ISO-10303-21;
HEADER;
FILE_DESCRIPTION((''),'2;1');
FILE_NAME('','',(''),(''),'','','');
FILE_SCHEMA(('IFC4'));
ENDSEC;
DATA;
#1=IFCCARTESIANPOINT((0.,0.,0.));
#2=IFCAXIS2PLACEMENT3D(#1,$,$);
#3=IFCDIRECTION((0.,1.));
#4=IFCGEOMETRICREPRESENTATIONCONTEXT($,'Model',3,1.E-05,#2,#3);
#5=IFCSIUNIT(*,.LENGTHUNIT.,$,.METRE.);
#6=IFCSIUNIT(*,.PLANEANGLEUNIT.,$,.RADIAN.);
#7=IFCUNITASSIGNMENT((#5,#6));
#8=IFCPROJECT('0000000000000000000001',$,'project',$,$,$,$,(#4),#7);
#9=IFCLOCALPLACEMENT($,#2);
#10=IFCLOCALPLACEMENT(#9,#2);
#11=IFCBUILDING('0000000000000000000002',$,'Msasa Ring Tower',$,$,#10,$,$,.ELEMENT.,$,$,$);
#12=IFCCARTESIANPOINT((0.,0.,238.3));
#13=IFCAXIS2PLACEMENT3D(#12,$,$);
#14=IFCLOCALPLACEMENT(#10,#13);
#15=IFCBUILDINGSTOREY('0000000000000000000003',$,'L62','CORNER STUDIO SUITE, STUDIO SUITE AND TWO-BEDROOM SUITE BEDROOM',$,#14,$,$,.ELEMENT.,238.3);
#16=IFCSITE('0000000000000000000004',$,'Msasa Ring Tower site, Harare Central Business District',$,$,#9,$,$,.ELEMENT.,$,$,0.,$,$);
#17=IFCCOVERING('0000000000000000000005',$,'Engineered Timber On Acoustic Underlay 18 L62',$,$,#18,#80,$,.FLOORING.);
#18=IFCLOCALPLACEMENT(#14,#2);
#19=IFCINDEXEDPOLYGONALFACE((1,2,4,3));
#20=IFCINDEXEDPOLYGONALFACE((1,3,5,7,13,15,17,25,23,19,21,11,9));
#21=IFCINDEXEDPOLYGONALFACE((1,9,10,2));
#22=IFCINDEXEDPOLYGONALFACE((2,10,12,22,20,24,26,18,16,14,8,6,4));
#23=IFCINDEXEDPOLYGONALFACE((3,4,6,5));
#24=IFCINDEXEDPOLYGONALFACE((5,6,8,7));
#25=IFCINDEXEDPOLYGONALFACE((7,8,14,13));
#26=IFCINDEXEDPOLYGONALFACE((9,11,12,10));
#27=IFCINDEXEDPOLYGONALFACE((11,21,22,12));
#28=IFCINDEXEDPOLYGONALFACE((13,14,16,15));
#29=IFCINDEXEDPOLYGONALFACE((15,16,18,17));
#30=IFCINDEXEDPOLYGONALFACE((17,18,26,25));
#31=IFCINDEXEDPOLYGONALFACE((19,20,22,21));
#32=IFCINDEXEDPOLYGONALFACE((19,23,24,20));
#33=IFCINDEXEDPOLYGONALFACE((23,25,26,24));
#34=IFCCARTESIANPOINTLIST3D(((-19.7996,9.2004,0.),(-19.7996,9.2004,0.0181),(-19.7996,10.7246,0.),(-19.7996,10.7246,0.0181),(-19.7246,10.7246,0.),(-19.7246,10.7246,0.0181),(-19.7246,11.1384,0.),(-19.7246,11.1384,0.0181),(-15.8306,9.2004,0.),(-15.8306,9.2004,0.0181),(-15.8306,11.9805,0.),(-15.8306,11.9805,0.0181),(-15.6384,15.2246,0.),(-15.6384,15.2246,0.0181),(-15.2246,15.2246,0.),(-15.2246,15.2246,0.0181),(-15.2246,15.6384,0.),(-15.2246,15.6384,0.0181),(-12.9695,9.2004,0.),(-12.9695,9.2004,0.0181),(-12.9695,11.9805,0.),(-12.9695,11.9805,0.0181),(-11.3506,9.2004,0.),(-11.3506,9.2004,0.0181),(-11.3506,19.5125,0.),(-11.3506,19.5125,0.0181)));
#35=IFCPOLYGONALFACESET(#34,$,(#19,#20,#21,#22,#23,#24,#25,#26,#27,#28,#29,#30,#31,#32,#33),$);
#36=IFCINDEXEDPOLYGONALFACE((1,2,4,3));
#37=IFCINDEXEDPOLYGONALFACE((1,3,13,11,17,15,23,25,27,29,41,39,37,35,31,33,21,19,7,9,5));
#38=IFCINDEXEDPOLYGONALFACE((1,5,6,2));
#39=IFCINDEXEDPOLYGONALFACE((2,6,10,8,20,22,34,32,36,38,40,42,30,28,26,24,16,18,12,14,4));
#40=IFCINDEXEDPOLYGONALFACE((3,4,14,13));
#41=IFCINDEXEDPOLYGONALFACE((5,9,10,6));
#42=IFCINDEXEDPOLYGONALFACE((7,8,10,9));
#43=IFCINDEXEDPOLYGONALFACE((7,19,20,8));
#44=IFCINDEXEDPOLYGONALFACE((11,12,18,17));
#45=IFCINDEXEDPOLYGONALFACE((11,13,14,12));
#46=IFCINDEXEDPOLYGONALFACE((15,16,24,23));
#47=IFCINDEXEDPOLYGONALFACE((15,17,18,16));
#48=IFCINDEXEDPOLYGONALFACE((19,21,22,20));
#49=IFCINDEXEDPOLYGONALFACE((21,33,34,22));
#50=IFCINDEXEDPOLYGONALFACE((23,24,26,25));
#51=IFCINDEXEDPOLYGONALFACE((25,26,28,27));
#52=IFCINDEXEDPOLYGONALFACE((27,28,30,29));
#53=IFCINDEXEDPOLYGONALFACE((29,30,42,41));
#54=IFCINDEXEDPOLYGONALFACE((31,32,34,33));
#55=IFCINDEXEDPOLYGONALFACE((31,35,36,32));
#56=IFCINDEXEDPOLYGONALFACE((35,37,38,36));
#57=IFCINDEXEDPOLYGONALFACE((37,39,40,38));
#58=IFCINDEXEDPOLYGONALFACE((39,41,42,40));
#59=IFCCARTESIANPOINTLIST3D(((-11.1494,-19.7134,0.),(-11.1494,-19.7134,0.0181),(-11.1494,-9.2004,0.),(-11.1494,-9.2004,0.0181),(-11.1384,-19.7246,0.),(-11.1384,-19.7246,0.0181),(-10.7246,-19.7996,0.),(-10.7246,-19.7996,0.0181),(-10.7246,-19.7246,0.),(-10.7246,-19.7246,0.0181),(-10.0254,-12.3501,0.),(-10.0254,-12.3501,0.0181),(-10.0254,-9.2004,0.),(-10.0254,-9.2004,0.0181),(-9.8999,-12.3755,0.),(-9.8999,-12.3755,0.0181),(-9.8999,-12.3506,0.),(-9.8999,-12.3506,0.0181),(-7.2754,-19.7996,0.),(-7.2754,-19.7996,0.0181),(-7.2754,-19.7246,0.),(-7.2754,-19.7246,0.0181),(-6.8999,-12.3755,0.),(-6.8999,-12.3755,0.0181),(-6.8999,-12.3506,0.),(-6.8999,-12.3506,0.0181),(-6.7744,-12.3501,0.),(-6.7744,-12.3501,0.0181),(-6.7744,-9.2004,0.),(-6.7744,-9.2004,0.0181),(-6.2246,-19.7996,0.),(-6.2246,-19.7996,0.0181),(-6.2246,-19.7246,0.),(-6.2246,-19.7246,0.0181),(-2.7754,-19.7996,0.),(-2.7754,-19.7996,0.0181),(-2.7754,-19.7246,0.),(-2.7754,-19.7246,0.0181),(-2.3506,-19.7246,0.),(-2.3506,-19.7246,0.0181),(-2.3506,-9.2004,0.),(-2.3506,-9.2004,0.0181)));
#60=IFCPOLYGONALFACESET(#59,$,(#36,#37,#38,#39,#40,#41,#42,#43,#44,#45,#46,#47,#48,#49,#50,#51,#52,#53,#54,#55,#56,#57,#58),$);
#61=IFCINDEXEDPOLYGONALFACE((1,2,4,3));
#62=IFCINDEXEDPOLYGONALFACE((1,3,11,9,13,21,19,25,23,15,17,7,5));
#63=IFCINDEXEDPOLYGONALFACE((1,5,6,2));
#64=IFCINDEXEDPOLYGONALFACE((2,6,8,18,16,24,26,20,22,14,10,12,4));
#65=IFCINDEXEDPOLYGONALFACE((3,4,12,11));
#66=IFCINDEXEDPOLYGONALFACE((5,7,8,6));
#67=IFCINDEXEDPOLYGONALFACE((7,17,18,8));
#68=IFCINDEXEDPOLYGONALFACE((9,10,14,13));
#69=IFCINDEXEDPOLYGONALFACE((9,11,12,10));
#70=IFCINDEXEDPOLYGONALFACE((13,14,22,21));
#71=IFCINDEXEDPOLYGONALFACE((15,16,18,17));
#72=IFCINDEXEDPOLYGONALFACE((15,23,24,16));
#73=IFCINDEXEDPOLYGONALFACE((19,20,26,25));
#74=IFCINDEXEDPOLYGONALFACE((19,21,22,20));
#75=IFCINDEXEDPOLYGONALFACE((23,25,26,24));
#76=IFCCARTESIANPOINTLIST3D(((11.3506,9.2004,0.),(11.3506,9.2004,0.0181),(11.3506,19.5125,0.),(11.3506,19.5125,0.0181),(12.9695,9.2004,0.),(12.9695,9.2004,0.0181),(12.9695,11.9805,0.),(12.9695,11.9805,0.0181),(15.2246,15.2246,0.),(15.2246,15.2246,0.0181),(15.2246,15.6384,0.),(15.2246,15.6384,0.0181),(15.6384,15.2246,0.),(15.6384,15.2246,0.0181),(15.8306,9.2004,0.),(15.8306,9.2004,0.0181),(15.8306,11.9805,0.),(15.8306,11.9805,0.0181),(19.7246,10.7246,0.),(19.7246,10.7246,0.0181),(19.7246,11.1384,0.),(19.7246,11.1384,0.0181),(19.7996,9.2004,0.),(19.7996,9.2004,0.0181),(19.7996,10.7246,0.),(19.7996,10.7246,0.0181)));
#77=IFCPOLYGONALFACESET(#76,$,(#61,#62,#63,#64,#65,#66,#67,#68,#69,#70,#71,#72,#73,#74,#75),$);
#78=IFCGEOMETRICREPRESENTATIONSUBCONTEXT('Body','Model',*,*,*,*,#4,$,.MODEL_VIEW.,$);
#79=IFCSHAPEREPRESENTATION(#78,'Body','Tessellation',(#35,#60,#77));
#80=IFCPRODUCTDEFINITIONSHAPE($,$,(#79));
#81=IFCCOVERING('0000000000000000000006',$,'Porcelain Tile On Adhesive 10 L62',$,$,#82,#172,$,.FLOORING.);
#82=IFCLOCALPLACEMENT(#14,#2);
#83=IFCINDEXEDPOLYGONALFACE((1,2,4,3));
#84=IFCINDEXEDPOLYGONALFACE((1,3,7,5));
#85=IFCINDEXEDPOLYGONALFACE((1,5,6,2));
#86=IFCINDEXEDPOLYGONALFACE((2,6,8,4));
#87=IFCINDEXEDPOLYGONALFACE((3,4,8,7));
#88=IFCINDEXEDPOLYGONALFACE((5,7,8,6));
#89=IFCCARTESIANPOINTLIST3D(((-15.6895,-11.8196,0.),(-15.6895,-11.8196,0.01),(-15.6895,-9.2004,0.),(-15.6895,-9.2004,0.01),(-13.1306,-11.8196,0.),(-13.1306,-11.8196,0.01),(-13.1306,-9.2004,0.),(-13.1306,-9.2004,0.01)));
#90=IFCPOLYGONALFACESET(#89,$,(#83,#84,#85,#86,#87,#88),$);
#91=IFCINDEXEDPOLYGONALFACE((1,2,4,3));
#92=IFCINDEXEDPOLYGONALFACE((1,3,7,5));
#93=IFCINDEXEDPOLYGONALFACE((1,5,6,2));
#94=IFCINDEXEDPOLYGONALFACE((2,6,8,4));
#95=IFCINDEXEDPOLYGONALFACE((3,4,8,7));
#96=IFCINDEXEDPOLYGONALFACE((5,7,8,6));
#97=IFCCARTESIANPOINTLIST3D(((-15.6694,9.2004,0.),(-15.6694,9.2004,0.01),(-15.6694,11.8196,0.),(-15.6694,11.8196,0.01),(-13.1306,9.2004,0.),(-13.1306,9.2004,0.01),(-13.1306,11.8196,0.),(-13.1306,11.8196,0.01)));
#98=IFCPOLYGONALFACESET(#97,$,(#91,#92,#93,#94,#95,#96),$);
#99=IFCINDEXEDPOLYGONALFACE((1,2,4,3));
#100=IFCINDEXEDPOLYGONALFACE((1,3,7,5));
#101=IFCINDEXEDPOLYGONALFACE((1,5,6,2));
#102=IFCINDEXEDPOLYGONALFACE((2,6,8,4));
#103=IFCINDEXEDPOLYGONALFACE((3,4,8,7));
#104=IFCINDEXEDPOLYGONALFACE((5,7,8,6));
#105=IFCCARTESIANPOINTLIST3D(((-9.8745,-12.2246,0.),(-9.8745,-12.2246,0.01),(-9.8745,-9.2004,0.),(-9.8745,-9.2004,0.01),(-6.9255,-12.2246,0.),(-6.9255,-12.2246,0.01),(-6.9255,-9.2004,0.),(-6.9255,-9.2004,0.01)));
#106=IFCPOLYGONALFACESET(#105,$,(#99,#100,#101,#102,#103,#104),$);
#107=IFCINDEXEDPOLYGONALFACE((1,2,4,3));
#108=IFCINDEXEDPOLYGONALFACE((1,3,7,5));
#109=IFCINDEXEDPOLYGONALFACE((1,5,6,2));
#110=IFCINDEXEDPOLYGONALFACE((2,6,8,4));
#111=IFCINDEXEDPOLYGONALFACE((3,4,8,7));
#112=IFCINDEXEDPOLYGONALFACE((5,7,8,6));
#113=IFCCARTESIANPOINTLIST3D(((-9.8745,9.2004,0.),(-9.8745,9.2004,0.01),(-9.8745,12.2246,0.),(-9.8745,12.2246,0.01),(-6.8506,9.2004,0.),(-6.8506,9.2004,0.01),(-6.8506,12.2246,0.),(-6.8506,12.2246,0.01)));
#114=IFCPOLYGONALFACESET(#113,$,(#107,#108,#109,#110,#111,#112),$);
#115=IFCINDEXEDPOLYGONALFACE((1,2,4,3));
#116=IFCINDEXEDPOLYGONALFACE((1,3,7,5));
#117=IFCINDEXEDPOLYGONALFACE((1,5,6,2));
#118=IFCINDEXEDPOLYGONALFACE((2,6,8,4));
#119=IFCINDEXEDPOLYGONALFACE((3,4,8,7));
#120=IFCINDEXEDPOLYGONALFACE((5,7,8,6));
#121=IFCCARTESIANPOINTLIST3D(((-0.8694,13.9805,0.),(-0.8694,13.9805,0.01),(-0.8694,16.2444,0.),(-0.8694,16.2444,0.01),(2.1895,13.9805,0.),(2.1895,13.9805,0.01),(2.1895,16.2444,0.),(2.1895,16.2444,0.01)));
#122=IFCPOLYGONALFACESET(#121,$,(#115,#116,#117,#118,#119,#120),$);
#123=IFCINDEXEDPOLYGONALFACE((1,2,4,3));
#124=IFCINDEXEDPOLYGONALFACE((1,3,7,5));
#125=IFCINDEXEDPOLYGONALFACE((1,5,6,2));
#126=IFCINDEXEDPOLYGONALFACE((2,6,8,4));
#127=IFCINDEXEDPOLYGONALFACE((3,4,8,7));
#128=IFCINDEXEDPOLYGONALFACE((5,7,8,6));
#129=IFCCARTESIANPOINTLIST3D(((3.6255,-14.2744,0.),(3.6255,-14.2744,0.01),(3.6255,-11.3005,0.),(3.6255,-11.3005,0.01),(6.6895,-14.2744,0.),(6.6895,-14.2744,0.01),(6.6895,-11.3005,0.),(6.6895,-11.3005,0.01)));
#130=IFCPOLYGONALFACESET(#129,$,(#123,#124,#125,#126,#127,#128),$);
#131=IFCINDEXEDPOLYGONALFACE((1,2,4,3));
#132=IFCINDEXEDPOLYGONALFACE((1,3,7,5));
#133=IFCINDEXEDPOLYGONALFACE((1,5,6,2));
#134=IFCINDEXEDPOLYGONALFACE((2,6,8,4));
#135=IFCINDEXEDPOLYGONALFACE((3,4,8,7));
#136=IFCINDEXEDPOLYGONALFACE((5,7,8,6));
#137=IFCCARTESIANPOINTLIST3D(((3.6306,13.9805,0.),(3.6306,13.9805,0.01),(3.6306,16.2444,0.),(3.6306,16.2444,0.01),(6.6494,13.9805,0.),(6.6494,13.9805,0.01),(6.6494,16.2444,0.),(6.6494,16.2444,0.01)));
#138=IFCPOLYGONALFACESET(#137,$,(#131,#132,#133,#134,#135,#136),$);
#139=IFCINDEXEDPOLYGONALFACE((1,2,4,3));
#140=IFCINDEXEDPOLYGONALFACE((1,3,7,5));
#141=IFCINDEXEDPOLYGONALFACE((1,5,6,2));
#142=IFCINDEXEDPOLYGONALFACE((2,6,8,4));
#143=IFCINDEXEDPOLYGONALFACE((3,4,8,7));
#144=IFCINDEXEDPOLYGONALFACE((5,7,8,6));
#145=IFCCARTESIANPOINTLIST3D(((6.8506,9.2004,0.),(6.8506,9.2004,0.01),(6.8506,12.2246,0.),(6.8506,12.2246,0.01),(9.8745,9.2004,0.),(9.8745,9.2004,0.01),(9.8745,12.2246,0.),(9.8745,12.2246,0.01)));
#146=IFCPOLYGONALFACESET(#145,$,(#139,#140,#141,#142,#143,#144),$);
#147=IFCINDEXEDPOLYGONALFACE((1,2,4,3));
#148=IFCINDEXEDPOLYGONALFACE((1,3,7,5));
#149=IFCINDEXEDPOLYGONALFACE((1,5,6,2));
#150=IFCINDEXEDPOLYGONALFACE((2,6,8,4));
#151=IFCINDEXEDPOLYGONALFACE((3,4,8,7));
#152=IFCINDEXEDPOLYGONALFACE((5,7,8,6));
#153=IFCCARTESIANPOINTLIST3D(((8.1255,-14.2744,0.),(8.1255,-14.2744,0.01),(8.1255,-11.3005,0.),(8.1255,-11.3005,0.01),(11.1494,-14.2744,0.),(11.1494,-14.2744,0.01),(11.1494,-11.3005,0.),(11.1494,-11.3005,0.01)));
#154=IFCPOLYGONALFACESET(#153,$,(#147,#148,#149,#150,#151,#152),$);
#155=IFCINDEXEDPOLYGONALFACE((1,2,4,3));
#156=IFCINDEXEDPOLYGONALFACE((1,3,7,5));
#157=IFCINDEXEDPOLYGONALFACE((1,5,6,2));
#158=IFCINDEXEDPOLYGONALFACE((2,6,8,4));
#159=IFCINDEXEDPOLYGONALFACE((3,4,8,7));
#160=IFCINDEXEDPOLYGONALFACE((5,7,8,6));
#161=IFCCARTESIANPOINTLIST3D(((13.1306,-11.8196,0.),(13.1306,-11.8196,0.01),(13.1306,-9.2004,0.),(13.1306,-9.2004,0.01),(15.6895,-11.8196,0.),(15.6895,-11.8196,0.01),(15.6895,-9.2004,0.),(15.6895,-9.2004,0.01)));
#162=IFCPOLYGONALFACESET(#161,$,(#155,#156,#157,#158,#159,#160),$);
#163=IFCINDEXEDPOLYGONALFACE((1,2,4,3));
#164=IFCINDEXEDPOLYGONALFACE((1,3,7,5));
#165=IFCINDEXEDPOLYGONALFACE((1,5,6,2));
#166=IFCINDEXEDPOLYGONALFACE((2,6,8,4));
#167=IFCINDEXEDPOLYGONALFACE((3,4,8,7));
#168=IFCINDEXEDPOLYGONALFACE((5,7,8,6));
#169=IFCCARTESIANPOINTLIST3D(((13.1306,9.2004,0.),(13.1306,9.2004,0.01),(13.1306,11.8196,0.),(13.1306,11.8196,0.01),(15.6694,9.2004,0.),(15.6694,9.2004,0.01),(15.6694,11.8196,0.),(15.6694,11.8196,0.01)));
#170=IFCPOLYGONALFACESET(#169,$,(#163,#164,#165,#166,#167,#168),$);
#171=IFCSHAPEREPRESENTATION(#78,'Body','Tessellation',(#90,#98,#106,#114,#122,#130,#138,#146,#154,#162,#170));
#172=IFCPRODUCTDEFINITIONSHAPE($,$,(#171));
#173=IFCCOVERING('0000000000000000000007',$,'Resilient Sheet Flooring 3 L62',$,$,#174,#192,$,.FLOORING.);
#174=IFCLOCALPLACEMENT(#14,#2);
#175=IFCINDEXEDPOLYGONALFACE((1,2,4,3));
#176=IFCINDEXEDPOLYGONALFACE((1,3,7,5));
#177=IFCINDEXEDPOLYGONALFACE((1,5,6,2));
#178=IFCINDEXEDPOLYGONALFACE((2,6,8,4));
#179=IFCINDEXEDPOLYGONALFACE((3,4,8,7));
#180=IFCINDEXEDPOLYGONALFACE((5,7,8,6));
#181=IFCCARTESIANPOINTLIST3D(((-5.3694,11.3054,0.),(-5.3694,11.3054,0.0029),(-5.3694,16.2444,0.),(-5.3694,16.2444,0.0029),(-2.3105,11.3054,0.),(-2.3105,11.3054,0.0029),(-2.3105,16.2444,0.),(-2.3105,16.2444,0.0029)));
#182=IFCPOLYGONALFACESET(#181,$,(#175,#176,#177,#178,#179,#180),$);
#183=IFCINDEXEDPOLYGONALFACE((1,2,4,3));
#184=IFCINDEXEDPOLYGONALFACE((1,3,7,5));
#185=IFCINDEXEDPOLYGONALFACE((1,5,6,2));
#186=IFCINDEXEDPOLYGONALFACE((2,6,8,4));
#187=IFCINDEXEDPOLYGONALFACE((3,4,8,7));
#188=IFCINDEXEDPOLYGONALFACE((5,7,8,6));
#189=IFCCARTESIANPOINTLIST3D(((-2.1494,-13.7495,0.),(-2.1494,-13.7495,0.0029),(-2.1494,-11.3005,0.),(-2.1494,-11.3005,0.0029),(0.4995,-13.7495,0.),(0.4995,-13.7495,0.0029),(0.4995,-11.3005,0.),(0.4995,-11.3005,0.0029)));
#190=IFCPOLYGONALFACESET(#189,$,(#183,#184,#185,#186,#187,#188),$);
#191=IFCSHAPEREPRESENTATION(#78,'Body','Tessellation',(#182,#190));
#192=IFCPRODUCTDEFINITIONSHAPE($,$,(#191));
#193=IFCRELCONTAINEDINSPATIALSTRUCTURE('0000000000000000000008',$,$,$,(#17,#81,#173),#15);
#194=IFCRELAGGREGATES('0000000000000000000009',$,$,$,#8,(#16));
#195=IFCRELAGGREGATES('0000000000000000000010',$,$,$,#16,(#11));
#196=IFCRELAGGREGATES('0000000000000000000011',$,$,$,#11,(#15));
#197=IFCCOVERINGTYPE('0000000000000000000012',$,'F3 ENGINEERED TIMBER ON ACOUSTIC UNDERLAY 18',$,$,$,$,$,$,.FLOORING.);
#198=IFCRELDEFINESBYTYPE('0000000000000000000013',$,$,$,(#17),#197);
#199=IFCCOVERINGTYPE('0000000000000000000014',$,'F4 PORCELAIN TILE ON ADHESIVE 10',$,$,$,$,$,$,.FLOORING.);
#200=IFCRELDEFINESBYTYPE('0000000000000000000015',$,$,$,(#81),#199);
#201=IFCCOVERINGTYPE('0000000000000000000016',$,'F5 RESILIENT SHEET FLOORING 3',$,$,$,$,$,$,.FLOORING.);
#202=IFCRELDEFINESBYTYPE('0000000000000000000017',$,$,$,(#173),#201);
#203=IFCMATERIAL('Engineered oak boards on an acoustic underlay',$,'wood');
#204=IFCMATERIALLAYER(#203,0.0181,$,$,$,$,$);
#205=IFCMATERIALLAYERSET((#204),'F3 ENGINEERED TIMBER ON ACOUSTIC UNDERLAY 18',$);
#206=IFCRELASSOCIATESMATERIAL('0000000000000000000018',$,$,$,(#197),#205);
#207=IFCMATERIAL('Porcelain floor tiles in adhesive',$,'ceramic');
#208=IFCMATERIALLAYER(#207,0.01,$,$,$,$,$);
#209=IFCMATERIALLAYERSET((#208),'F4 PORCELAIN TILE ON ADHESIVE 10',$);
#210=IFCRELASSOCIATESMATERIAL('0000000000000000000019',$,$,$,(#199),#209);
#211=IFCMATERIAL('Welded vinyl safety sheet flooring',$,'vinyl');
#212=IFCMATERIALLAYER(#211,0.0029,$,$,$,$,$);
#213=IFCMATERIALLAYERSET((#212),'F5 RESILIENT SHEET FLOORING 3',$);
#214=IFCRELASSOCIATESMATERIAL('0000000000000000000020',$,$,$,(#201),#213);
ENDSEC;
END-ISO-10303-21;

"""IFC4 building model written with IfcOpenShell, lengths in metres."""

from ifc_helpers import new_model, si_unit, direction, frame, origin, place, context, subcontext, project, spatial, line, indexed_curve, outline, extrude, material, layer, layer_set, type_object, element, save


model = new_model("IFC4")

# Units and contexts
model_context = context("Model", 3, precision=1e-05, world=origin(), true_north=direction((0.0, 1.0)))
body_context = subcontext(model_context, "Body", "Model", "MODEL_VIEW")
ifc_project = project(units=[si_unit("LENGTHUNIT", "METRE"), si_unit("PLANEANGLEUNIT", "RADIAN")], contexts=[model_context])

# Site, building, storey
site_placement = place(None, origin())
site = spatial("IfcSite", under=ifc_project, at=site_placement, Name="Msasa Ring Tower site, Harare Central Business District", CompositionType="ELEMENT", RefElevation=0.0)
building_placement = place(site_placement, origin())
building = spatial("IfcBuilding", under=site, at=building_placement, Name="Msasa Ring Tower", CompositionType="ELEMENT")
storey_placement = place(building_placement, frame((0.0, 0.0, 238.3)))
storey = spatial("IfcBuildingStorey", under=building, at=storey_placement, Name="L62", Description="CORNER STUDIO SUITE, STUDIO SUITE AND TWO-BEDROOM SUITE BEDROOM", CompositionType="ELEMENT", Elevation=238.3)

# Coverings
ifc_material_1 = material(Name="Engineered oak boards on an acoustic underlay", Category="wood")
ifc_layer_1 = layer(ifc_material_1, 0.0181)
ifc_layer_set_1 = layer_set([ifc_layer_1], Name="F3 ENGINEERED TIMBER ON ACOUSTIC UNDERLAY 18")
covering_type_1 = type_object("IfcCoveringType", Name="F3 ENGINEERED TIMBER ON ACOUSTIC UNDERLAY 18", PredefinedType="FLOORING", material=ifc_layer_set_1)
covering_1_placement = place(storey_placement, origin())
element("IfcCovering", 1, at=covering_1_placement, inside=storey, type_object=covering_type_1, Name="Engineered Timber On Acoustic Underlay 18 L62", PredefinedType="FLOORING", context=body_context, shape_type="SweptSolid", body=[
    extrude(outline(indexed_curve([(-15.8306, 9.2004), (-19.7996, 9.2004), (-19.7996, 10.7246), (-19.7246, 10.7246), (-19.7246, 11.1384), (-15.6384, 15.2246), (-15.2246, 15.2246), (-15.2246, 15.6384), (-11.3506, 19.5125), (-11.3506, 9.2004), (-12.9695, 9.2004), (-12.9695, 11.9805), (-15.8306, 11.9805)], segments=[line(1, 2, 3, 4, 5, 6, 7, 8, 9, 10, 11, 12, 13, 1)], self_intersect=False)), origin(), (0.0, 0.0, 1.0), 0.0181),
    extrude(outline(indexed_curve([(-11.1494, -9.2004), (-10.0254, -9.2004), (-10.0254, -12.3501), (-9.8999, -12.3506), (-9.8999, -12.3755), (-6.8999, -12.3755), (-6.8999, -12.3506), (-6.7744, -12.3501), (-6.7744, -9.2004), (-2.3506, -9.2004), (-2.3506, -19.7246), (-2.7754, -19.7246), (-2.7754, -19.7996), (-6.2246, -19.7996), (-6.2246, -19.7246), (-7.2754, -19.7246), (-7.2754, -19.7996), (-10.7246, -19.7996), (-10.7246, -19.7246), (-11.1384, -19.7246), (-11.1494, -19.7134)], segments=[line(1, 2, 3, 4, 5, 6, 7, 8, 9, 10, 11, 12, 13, 14, 15, 16, 17, 18, 19, 20, 21, 1)], self_intersect=False)), origin(), (0.0, 0.0, 1.0), 0.0181),
    extrude(outline(indexed_curve([(15.8306, 11.9805), (12.9695, 11.9805), (12.9695, 9.2004), (11.3506, 9.2004), (11.3506, 19.5125), (15.2246, 15.6384), (15.2246, 15.2246), (15.6384, 15.2246), (19.7246, 11.1384), (19.7246, 10.7246), (19.7996, 10.7246), (19.7996, 9.2004), (15.8306, 9.2004)], segments=[line(1, 2, 3, 4, 5, 6, 7, 8, 9, 10, 11, 12, 13, 1)], self_intersect=False)), origin(), (0.0, 0.0, 1.0), 0.0181),
])
ifc_material_2 = material(Name="Porcelain floor tiles in adhesive", Category="ceramic")
ifc_layer_2 = layer(ifc_material_2, 0.01)
ifc_layer_set_2 = layer_set([ifc_layer_2], Name="F4 PORCELAIN TILE ON ADHESIVE 10")
covering_type_2 = type_object("IfcCoveringType", Name="F4 PORCELAIN TILE ON ADHESIVE 10", PredefinedType="FLOORING", material=ifc_layer_set_2)
covering_2_placement = place(storey_placement, origin())
element("IfcCovering", 2, at=covering_2_placement, inside=storey, type_object=covering_type_2, Name="Porcelain Tile On Adhesive 10 L62", PredefinedType="FLOORING", context=body_context, shape_type="SweptSolid", body=[
    extrude(outline(indexed_curve([(-15.6895, -9.2004), (-13.1306, -9.2004), (-13.1306, -11.8196), (-15.6895, -11.8196)], segments=[line(1, 2, 3, 4, 1)], self_intersect=False)), origin(), (0.0, 0.0, 1.0), 0.01),
    extrude(outline(indexed_curve([(-13.1306, 11.8196), (-13.1306, 9.2004), (-15.6694, 9.2004), (-15.6694, 11.8196)], segments=[line(1, 2, 3, 4, 1)], self_intersect=False)), origin(), (0.0, 0.0, 1.0), 0.01),
    extrude(outline(indexed_curve([(-6.9255, -9.2004), (-6.9255, -12.2246), (-9.8745, -12.2246), (-9.8745, -9.2004)], segments=[line(1, 2, 3, 4, 1)], self_intersect=False)), origin(), (0.0, 0.0, 1.0), 0.01),
    extrude(outline(indexed_curve([(-9.8745, 9.2004), (-9.8745, 12.2246), (-6.8506, 12.2246), (-6.8506, 9.2004)], segments=[line(1, 2, 3, 4, 1)], self_intersect=False)), origin(), (0.0, 0.0, 1.0), 0.01),
    extrude(outline(indexed_curve([(-0.8694, 16.2444), (2.1895, 16.2444), (2.1895, 13.9805), (-0.8694, 13.9805)], segments=[line(1, 2, 3, 4, 1)], self_intersect=False)), origin(), (0.0, 0.0, 1.0), 0.01),
    extrude(outline(indexed_curve([(6.6895, -11.3005), (6.6895, -14.2744), (3.6255, -14.2744), (3.6255, -11.3005)], segments=[line(1, 2, 3, 4, 1)], self_intersect=False)), origin(), (0.0, 0.0, 1.0), 0.01),
    extrude(outline(indexed_curve([(6.6494, 16.2444), (6.6494, 13.9805), (3.6306, 13.9805), (3.6306, 16.2444)], segments=[line(1, 2, 3, 4, 1)], self_intersect=False)), origin(), (0.0, 0.0, 1.0), 0.01),
    extrude(outline(indexed_curve([(6.8506, 9.2004), (6.8506, 12.2246), (9.8745, 12.2246), (9.8745, 9.2004)], segments=[line(1, 2, 3, 4, 1)], self_intersect=False)), origin(), (0.0, 0.0, 1.0), 0.01),
    extrude(outline(indexed_curve([(11.1494, -11.3005), (11.1494, -14.2744), (8.1255, -14.2744), (8.1255, -11.3005)], segments=[line(1, 2, 3, 4, 1)], self_intersect=False)), origin(), (0.0, 0.0, 1.0), 0.01),
    extrude(outline(indexed_curve([(15.6895, -9.2004), (15.6895, -11.8196), (13.1306, -11.8196), (13.1306, -9.2004)], segments=[line(1, 2, 3, 4, 1)], self_intersect=False)), origin(), (0.0, 0.0, 1.0), 0.01),
    extrude(outline(indexed_curve([(13.1306, 11.8196), (15.6694, 11.8196), (15.6694, 9.2004), (13.1306, 9.2004)], segments=[line(1, 2, 3, 4, 1)], self_intersect=False)), origin(), (0.0, 0.0, 1.0), 0.01),
])
ifc_material_3 = material(Name="Welded vinyl safety sheet flooring", Category="vinyl")
ifc_layer_3 = layer(ifc_material_3, 0.0029)
ifc_layer_set_3 = layer_set([ifc_layer_3], Name="F5 RESILIENT SHEET FLOORING 3")
covering_type_3 = type_object("IfcCoveringType", Name="F5 RESILIENT SHEET FLOORING 3", PredefinedType="FLOORING", material=ifc_layer_set_3)
covering_3_placement = place(storey_placement, origin())
element("IfcCovering", 3, at=covering_3_placement, inside=storey, type_object=covering_type_3, Name="Resilient Sheet Flooring 3 L62", PredefinedType="FLOORING", context=body_context, shape_type="SweptSolid", body=[
    extrude(outline(indexed_curve([(-2.3105, 11.3054), (-5.3694, 11.3054), (-5.3694, 16.2444), (-2.3105, 16.2444)], segments=[line(1, 2, 3, 4, 1)], self_intersect=False)), origin(), (0.0, 0.0, 1.0), 0.0029),
    extrude(outline(indexed_curve([(0.4995, -13.7495), (-2.1494, -13.7495), (-2.1494, -11.3005), (0.4995, -11.3005)], segments=[line(1, 2, 3, 4, 1)], self_intersect=False)), origin(), (0.0, 0.0, 1.0), 0.0029),
])

save(model, "model.ifc")
